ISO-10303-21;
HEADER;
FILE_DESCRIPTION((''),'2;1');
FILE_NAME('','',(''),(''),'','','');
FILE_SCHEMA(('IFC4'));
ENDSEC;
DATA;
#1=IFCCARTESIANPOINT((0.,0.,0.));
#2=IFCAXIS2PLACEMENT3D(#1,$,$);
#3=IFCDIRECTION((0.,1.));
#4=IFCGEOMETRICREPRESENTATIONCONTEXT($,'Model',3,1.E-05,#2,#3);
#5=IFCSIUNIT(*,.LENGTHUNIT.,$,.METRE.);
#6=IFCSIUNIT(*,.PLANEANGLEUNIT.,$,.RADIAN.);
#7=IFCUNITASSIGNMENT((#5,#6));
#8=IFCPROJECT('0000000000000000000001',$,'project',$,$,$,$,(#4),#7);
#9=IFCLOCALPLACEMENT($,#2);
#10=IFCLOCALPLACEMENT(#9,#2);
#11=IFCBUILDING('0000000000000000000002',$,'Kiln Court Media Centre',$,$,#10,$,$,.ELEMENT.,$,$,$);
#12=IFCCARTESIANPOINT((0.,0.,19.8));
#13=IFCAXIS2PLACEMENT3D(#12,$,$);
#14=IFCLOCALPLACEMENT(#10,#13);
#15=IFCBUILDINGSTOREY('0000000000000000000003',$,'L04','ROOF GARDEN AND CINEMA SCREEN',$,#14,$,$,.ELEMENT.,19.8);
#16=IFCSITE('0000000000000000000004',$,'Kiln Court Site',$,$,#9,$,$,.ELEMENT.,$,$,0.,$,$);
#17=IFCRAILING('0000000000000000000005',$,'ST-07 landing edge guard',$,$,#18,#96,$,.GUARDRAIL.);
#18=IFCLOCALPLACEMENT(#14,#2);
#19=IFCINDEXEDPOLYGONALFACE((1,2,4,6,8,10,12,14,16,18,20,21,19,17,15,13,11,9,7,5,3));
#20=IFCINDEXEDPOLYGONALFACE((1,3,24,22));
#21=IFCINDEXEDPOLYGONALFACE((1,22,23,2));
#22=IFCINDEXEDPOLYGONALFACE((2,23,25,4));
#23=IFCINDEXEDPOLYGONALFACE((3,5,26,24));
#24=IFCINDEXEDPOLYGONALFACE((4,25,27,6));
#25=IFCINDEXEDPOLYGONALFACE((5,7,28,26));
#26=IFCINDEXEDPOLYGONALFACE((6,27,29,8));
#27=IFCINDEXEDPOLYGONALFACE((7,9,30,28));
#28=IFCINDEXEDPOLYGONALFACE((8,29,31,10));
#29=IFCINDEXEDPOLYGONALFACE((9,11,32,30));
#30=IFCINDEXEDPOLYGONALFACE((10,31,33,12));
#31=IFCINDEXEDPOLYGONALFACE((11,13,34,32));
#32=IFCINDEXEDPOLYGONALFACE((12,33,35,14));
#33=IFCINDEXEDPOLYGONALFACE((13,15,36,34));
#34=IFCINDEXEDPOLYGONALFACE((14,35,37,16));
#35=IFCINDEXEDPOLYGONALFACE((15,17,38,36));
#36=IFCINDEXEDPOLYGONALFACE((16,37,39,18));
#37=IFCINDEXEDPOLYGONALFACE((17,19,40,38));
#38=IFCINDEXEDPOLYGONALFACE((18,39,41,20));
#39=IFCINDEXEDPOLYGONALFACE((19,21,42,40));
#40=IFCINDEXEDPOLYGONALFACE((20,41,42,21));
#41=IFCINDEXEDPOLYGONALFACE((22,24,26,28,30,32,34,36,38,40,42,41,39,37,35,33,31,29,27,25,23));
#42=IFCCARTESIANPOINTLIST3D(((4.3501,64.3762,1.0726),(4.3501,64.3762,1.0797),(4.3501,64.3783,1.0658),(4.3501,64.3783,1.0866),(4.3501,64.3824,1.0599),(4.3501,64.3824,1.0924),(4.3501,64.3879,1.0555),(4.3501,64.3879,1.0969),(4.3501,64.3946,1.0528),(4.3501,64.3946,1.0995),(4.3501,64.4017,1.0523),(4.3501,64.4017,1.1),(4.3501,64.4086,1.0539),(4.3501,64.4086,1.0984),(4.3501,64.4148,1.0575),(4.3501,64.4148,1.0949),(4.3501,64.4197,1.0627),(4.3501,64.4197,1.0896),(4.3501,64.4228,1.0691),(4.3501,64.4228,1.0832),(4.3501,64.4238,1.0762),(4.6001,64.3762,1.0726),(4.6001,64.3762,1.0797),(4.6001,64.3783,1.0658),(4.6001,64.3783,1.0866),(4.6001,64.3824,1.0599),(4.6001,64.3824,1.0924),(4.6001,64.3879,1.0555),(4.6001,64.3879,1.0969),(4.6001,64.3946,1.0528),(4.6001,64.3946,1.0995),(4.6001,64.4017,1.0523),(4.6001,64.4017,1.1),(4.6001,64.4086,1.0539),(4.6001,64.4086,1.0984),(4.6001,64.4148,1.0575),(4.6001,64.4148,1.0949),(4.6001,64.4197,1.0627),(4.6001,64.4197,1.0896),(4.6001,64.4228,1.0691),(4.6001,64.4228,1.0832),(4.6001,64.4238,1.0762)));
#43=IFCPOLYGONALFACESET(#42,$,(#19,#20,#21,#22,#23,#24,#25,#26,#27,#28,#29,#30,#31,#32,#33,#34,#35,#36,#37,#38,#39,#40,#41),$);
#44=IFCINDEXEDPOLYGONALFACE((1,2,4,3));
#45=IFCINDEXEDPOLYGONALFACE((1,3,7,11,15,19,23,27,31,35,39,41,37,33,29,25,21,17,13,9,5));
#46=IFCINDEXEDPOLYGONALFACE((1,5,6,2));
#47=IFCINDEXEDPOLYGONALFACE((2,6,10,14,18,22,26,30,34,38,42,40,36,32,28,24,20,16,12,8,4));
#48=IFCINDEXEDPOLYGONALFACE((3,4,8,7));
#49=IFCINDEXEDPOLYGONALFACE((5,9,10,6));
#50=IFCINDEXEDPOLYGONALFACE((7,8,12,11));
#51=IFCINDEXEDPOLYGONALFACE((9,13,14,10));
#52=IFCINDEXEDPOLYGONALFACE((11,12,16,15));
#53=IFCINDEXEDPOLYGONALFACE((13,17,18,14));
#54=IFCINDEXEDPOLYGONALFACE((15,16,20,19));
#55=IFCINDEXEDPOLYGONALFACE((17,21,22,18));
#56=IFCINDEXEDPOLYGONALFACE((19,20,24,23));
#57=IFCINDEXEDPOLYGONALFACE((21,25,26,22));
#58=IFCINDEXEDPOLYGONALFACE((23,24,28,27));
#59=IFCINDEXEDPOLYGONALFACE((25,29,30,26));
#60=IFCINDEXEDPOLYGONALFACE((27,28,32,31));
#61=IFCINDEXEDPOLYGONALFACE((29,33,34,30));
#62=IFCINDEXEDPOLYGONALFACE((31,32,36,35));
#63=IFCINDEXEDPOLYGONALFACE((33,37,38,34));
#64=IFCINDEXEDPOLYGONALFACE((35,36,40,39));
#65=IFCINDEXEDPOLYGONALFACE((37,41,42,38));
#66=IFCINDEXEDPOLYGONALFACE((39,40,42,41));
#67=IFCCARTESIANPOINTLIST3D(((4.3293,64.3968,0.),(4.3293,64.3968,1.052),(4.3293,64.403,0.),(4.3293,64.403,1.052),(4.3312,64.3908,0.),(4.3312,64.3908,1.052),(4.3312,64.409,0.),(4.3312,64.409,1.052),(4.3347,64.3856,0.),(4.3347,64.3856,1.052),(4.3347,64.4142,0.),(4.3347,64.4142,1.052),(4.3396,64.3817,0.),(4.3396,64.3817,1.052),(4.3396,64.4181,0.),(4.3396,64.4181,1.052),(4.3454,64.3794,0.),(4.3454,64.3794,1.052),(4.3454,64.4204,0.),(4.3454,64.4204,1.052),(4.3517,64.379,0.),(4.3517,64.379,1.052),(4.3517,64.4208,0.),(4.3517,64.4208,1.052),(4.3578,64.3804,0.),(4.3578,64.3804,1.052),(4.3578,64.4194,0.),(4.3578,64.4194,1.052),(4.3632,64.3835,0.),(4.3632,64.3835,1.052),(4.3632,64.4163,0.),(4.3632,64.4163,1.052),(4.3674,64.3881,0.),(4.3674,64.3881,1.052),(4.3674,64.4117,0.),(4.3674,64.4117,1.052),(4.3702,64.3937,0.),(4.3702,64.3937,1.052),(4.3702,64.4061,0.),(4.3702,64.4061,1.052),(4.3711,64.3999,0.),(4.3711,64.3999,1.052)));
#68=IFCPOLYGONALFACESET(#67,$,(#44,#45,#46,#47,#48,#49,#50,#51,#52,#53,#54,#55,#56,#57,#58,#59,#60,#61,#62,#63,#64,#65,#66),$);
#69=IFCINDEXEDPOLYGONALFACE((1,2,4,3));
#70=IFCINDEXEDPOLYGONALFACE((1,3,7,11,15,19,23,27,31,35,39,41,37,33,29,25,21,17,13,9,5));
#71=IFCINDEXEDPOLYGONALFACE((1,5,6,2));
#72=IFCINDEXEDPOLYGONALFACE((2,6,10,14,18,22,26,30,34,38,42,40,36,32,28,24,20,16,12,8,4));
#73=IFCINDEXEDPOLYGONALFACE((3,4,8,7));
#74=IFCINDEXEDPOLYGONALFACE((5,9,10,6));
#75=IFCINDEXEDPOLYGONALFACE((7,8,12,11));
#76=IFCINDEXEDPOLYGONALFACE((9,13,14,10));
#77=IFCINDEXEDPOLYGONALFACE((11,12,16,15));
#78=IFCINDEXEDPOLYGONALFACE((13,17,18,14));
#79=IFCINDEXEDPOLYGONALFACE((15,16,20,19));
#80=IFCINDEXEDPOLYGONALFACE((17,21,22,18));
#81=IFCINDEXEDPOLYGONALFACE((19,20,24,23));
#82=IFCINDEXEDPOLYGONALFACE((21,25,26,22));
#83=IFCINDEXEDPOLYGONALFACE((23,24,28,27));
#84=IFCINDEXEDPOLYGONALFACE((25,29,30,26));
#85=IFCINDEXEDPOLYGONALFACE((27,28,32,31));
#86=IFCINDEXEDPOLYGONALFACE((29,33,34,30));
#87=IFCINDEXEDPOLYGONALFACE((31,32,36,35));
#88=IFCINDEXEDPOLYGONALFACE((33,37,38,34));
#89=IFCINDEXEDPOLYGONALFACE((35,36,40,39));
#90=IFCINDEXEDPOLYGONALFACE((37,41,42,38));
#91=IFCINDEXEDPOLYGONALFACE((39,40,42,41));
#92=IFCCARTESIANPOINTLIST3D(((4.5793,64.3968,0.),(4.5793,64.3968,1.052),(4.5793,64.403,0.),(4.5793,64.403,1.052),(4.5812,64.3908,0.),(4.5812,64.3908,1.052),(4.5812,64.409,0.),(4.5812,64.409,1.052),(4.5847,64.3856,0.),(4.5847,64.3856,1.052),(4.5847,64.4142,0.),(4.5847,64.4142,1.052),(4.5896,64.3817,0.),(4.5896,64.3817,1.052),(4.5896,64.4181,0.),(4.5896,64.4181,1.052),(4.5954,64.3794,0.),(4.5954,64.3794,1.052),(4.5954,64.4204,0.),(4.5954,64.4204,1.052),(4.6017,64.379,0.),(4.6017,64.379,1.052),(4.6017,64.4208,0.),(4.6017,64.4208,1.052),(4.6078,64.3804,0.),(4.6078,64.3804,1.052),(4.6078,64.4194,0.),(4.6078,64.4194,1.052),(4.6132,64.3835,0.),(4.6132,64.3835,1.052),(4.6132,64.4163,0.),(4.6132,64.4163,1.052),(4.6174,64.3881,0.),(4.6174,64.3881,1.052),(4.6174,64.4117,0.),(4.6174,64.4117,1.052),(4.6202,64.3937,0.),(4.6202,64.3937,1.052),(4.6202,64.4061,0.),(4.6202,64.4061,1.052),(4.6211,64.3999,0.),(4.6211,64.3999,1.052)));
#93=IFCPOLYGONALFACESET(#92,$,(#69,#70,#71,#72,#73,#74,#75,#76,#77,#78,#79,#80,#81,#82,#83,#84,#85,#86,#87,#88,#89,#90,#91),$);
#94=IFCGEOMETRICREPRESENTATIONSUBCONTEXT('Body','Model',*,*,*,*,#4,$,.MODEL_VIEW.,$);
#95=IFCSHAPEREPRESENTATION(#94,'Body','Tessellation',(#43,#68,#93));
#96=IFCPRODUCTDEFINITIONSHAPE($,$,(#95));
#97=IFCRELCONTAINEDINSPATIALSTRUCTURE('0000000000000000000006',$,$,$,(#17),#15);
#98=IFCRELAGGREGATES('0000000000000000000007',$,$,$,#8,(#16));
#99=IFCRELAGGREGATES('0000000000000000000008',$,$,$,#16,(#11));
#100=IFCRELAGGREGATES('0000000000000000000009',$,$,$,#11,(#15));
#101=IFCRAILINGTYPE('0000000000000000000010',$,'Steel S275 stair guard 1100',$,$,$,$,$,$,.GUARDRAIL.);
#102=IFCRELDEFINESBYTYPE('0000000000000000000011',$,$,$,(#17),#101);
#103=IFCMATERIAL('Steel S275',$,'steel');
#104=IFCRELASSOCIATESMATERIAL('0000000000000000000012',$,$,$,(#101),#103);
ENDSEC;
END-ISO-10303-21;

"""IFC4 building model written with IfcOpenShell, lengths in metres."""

from ifc_helpers import new_model, si_unit, direction, frame, origin, origin_2d, place, context, subcontext, project, spatial, circle, extrude, material, type_object, element, save


model = new_model("IFC4")

# Units and contexts
model_context = context("Model", 3, precision=1e-05, world=origin(), true_north=direction((0.0, 1.0)))
body_context = subcontext(model_context, "Body", "Model", "MODEL_VIEW")
ifc_project = project(units=[si_unit("LENGTHUNIT", "METRE"), si_unit("PLANEANGLEUNIT", "RADIAN")], contexts=[model_context])

# Site, building, storey
site_placement = place(None, origin())
site = spatial("IfcSite", under=ifc_project, at=site_placement, Name="Kiln Court Site", CompositionType="ELEMENT", RefElevation=0.0)
building_placement = place(site_placement, origin())
building = spatial("IfcBuilding", under=site, at=building_placement, Name="Kiln Court Media Centre", CompositionType="ELEMENT")
storey_placement = place(building_placement, frame((0.0, 0.0, 19.8)))
storey = spatial("IfcBuildingStorey", under=building, at=storey_placement, Name="L04", Description="ROOF GARDEN AND CINEMA SCREEN", CompositionType="ELEMENT", Elevation=19.8)

# Railing
ifc_material_1 = material(Name="Steel S275", Category="steel")
railing_type_1 = type_object("IfcRailingType", Name="Steel S275 stair guard 1100", PredefinedType="GUARDRAIL", material=ifc_material_1)
for number, where, name in (
    (1, (4.3501, 64.3999, 0.0), "ST-07 landing edge guard"),
):
    element("IfcRailing", number, at=place(storey_placement, frame(where)), inside=storey, type_object=railing_type_1, Name=name, PredefinedType="GUARDRAIL", context=body_context, shape_type="SweptSolid", body=[
        extrude(circle(Radius=0.0239, at=origin_2d()), frame((0.0, 0.0, 1.0762), z_axis=(1.0, 0.0, 0.0), x_axis=(0.0, 1.0, 0.0)), (0.0, 0.0, 1.0), 0.25),
        extrude(circle(Radius=0.021, at=origin_2d()), origin(), (0.0, 0.0, 1.0), 1.052),
        extrude(circle(Radius=0.021, at=origin_2d()), frame((0.25, 0.0, 0.0)), (0.0, 0.0, 1.0), 1.052),
    ])

save(model, "model.ifc")
